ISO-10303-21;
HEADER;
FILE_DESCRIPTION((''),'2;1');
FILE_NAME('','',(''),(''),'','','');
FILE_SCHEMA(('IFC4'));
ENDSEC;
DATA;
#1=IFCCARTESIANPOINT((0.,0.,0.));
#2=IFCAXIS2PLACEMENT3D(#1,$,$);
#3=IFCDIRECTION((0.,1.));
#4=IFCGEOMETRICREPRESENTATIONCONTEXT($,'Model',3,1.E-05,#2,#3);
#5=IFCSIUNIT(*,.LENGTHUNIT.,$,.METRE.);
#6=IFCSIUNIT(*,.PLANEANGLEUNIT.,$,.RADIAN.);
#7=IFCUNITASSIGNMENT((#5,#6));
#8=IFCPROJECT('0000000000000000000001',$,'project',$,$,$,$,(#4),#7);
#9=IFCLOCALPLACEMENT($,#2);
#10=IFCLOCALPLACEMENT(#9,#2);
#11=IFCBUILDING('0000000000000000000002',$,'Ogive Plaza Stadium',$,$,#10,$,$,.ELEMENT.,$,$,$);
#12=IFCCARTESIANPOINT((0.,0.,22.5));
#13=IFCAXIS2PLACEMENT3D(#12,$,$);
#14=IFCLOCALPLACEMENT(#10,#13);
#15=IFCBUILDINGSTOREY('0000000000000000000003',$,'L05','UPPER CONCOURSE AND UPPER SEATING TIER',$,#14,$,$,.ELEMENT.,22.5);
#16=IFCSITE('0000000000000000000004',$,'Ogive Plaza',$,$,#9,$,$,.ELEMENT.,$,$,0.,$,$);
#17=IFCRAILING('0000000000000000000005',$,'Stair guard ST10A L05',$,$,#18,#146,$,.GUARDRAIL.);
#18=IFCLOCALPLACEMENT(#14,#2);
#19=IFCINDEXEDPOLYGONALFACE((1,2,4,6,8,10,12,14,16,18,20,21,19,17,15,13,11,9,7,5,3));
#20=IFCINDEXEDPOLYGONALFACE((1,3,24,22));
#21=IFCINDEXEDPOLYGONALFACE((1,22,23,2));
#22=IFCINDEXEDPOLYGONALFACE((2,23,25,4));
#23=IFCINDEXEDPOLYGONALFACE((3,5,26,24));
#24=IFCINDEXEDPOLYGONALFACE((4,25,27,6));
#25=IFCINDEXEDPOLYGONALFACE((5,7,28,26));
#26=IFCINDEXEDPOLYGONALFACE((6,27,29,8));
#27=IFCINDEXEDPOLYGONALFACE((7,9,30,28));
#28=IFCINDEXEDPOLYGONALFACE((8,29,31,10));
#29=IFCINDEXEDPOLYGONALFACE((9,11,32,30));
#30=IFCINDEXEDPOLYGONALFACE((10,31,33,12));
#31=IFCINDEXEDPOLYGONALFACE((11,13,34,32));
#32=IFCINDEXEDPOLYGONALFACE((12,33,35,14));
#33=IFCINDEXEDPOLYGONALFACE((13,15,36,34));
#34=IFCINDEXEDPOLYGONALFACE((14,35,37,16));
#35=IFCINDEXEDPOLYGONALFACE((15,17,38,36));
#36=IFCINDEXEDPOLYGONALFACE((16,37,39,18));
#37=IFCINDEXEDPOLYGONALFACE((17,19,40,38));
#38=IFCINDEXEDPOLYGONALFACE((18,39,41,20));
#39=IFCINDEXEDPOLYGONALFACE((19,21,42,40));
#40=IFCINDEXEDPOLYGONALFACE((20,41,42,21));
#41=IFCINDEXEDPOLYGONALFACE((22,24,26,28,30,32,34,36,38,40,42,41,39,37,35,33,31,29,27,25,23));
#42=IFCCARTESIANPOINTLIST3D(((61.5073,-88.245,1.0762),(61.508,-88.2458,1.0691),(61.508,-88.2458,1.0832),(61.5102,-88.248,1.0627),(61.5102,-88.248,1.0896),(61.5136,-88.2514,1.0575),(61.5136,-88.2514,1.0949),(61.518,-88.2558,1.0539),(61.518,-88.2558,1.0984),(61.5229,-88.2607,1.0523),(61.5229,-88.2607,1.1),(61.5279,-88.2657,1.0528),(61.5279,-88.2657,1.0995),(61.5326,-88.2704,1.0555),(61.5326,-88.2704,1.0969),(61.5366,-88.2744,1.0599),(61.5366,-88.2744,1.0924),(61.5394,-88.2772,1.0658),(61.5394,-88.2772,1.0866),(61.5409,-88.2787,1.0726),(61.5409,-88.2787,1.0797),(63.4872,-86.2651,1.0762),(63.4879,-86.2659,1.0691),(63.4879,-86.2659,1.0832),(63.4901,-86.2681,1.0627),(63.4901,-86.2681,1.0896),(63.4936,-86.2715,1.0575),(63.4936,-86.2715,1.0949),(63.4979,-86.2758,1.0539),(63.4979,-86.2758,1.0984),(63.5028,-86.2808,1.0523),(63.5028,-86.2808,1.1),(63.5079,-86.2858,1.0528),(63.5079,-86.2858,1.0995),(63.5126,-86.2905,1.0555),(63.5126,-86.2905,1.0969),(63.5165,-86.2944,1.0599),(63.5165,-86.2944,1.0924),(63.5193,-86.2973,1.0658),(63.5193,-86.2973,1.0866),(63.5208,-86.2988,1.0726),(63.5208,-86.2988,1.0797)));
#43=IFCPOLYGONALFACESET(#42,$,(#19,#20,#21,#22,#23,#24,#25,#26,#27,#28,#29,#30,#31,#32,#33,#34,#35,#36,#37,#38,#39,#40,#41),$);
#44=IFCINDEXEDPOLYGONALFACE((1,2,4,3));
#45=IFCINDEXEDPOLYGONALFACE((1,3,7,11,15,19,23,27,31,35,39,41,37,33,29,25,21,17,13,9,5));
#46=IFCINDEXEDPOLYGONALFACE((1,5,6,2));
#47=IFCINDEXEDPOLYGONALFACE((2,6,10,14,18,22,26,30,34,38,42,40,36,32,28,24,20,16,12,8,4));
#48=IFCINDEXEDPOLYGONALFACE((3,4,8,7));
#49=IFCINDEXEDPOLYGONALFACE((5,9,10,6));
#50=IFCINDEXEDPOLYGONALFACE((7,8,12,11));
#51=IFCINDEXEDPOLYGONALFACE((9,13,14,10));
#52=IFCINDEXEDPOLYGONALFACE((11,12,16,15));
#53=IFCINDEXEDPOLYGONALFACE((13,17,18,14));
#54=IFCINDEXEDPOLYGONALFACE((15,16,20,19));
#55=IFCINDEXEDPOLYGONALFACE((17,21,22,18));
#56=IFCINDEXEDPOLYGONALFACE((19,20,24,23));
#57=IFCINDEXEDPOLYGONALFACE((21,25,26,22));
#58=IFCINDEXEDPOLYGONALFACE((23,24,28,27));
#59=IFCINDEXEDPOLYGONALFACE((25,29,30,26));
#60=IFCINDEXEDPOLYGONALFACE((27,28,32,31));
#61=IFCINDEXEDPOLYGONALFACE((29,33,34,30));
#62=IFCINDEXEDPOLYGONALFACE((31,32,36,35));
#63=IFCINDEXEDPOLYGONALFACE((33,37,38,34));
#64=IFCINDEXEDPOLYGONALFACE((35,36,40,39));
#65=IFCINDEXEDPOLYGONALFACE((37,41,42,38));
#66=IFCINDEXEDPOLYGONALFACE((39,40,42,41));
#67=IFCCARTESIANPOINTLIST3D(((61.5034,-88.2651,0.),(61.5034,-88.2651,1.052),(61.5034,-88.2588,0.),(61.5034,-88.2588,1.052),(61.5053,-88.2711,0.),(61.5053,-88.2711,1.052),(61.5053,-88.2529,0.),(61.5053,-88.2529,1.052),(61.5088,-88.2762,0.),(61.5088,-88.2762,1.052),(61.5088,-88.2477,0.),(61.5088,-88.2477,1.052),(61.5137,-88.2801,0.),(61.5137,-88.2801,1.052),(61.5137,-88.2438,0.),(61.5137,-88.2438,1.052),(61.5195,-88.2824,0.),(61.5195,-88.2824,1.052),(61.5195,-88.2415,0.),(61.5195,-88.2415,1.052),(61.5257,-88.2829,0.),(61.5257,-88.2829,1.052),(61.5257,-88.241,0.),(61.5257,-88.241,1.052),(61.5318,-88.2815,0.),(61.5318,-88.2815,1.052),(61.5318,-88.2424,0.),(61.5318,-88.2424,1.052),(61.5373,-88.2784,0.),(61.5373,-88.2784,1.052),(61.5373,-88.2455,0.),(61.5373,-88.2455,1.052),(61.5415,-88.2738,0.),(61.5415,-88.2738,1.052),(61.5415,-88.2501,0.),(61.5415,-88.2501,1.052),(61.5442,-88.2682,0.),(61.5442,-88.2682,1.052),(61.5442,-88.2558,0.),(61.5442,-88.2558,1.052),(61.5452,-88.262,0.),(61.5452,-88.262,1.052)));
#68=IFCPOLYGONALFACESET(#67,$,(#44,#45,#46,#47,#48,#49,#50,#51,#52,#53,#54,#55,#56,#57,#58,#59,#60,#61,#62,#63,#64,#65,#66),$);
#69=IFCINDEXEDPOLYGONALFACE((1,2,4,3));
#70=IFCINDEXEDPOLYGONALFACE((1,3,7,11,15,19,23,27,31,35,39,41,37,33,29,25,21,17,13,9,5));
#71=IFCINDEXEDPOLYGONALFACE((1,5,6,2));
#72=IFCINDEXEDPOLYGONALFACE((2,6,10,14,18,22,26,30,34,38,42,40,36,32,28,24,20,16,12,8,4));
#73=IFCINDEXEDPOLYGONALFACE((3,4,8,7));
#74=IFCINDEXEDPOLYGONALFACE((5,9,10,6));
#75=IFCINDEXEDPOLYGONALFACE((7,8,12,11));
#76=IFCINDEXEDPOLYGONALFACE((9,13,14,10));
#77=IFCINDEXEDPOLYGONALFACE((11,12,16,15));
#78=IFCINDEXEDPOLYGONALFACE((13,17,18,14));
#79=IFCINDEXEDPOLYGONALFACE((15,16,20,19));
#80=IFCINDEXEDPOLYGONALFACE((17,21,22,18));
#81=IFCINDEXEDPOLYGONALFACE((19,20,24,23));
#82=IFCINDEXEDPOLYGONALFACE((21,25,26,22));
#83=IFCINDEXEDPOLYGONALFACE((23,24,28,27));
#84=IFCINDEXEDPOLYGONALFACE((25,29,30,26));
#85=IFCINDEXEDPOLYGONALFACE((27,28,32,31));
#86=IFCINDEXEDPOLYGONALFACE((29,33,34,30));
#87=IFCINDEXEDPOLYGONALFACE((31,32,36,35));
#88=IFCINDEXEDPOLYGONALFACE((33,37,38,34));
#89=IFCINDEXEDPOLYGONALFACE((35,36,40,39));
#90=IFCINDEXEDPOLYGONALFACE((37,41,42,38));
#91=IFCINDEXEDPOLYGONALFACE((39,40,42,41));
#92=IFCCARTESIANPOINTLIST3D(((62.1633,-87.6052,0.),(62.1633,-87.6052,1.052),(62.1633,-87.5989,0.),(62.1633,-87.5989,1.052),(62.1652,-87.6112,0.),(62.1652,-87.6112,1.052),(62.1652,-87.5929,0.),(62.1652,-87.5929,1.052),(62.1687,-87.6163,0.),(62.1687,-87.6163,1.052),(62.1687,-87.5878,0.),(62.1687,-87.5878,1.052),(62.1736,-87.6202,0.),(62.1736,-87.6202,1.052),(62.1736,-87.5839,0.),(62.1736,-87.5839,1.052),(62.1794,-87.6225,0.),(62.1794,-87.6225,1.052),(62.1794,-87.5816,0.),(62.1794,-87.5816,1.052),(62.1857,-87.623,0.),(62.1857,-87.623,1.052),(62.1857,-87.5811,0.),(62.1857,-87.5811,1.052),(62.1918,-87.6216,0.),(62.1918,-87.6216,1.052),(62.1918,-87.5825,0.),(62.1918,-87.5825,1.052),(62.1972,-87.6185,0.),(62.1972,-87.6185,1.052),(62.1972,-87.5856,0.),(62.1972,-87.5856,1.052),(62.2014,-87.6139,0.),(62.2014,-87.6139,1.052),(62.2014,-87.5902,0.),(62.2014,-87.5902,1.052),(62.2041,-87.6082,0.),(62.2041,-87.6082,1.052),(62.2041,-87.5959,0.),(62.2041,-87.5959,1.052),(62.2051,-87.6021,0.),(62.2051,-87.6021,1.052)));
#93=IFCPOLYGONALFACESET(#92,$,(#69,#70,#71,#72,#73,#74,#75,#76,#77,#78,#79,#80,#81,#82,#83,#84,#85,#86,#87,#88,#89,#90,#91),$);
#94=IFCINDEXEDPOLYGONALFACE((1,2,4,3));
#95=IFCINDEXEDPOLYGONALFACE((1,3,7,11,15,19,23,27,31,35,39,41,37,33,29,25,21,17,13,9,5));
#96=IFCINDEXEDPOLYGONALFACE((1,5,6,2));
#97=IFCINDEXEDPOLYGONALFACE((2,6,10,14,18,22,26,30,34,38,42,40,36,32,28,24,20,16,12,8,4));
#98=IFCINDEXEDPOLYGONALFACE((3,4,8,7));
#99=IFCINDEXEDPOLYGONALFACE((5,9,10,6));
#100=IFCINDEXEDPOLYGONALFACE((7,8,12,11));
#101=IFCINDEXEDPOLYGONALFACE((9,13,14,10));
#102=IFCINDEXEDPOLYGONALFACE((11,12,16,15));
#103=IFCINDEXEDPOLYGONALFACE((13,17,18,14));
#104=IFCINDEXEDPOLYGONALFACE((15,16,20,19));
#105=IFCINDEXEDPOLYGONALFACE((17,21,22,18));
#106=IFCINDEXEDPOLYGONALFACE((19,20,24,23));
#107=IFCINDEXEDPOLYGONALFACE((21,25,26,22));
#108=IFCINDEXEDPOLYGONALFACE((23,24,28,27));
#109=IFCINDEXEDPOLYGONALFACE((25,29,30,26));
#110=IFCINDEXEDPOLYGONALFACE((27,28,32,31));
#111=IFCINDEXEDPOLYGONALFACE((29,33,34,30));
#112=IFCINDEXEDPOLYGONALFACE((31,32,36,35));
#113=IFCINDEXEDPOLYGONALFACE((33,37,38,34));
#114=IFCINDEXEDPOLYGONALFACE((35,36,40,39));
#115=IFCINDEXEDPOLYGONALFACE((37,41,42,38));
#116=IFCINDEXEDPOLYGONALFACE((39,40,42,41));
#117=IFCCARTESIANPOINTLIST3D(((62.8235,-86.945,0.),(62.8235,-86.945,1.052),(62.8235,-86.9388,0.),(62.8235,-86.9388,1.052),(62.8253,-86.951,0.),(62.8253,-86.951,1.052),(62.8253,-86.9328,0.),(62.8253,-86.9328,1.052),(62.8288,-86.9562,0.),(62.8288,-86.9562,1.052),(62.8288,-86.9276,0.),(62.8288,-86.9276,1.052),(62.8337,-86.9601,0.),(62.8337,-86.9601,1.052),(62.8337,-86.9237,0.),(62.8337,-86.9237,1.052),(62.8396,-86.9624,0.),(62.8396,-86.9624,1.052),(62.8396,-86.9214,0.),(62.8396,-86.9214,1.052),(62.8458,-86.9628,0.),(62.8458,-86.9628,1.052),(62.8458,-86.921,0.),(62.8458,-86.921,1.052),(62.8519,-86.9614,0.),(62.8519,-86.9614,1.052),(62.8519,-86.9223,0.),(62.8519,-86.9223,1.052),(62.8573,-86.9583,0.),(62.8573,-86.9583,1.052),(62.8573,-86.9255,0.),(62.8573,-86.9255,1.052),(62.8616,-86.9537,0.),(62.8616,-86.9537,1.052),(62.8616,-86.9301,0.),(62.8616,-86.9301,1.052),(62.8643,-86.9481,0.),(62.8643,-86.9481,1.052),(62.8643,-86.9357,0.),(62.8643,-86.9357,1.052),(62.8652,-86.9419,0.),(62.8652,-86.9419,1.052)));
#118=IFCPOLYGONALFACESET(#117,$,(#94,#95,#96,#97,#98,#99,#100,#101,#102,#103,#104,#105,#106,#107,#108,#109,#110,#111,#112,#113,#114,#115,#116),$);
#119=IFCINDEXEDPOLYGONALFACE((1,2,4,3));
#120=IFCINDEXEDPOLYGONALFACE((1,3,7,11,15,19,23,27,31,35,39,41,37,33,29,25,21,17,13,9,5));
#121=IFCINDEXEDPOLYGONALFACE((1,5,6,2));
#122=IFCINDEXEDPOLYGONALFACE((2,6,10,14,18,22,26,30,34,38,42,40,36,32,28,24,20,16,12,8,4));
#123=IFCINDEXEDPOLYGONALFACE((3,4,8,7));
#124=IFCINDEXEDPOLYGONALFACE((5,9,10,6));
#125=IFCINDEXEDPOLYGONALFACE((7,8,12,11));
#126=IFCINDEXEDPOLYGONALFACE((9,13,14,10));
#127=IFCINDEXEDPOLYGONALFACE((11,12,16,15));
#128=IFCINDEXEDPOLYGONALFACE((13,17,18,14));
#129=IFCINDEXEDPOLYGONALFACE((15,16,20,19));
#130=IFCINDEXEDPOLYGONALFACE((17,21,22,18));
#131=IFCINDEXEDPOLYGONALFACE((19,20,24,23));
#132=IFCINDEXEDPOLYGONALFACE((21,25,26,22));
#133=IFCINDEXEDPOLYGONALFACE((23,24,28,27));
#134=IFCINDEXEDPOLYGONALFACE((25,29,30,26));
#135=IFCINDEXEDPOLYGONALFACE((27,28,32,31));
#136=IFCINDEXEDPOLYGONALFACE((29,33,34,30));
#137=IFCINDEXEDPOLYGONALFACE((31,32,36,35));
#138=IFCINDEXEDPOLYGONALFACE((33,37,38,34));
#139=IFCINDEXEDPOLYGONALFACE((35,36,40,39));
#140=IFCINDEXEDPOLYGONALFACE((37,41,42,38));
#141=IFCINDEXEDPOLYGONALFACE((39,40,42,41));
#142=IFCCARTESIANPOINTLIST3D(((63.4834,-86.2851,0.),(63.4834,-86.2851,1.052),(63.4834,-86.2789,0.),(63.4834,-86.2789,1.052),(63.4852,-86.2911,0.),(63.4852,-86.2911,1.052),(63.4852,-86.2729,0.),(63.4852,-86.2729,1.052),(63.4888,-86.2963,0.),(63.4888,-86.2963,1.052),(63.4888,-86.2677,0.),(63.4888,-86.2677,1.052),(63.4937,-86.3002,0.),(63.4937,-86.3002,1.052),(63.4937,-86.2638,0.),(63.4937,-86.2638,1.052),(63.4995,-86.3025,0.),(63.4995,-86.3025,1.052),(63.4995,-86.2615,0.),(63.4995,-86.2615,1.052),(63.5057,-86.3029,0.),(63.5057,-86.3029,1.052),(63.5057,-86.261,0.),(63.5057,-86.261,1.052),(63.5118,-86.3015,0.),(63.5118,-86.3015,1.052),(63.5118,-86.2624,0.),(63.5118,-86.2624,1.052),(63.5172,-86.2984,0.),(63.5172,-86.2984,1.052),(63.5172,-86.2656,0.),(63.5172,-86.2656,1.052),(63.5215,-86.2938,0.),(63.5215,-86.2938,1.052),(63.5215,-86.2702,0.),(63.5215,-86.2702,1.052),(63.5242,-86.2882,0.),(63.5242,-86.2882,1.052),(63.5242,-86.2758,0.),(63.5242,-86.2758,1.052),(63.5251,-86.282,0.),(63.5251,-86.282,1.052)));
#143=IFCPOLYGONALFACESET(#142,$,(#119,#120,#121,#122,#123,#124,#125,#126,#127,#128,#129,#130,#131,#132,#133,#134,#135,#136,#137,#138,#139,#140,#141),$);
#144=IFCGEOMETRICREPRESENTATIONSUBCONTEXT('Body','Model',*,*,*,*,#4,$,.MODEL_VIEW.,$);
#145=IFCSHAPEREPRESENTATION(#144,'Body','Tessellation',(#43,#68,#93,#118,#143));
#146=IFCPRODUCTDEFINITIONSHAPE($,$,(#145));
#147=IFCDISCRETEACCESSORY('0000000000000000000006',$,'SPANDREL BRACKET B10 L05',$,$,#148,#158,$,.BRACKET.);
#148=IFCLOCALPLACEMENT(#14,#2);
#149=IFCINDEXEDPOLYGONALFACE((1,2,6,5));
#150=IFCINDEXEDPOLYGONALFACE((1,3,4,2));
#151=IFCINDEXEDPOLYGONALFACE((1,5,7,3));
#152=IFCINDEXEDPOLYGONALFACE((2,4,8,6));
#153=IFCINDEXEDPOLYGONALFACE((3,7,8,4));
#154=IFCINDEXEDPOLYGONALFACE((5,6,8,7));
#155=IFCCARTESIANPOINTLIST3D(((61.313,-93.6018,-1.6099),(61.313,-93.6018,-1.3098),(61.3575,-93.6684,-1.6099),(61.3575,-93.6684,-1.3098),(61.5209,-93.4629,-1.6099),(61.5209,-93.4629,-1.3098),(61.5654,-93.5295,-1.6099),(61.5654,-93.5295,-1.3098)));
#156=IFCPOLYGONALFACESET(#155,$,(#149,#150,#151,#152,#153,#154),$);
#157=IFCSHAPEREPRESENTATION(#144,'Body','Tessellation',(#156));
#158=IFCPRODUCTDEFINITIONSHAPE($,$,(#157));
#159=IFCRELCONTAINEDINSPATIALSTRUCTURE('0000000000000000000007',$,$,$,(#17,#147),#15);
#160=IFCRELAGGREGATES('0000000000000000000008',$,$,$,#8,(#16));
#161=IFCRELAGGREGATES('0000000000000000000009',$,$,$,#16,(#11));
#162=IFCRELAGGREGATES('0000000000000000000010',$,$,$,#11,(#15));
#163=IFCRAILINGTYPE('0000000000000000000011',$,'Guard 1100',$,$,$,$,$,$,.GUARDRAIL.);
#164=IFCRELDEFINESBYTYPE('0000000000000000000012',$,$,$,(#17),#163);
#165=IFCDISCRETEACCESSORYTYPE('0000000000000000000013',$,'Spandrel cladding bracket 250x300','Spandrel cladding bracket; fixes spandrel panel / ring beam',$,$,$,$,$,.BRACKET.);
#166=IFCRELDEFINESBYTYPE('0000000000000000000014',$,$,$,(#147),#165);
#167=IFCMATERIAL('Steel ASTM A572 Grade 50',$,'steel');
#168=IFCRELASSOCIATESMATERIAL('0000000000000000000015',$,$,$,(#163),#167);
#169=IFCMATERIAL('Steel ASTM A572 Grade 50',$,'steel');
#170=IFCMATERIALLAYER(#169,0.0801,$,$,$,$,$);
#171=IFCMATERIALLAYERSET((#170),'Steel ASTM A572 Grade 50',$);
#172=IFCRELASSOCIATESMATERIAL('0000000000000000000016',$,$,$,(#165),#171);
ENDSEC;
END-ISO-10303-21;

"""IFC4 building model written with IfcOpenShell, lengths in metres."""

from ifc_helpers import new_model, si_unit, direction, frame, origin, origin_2d, place, context, subcontext, project, spatial, rectangle, circle, extrude, material, layer, layer_set, type_object, element, save


model = new_model("IFC4")

# Units and contexts
model_context = context("Model", 3, precision=1e-05, world=origin(), true_north=direction((0.0, 1.0)))
body_context = subcontext(model_context, "Body", "Model", "MODEL_VIEW")
ifc_project = project(units=[si_unit("LENGTHUNIT", "METRE"), si_unit("PLANEANGLEUNIT", "RADIAN")], contexts=[model_context])

# Site, building, storey
site_placement = place(None, origin())
site = spatial("IfcSite", under=ifc_project, at=site_placement, Name="Ogive Plaza", CompositionType="ELEMENT", RefElevation=0.0)
building_placement = place(site_placement, origin())
building = spatial("IfcBuilding", under=site, at=building_placement, Name="Ogive Plaza Stadium", CompositionType="ELEMENT")
storey_placement = place(building_placement, frame((0.0, 0.0, 22.5)))
storey = spatial("IfcBuildingStorey", under=building, at=storey_placement, Name="L05", Description="UPPER CONCOURSE AND UPPER SEATING TIER", CompositionType="ELEMENT", Elevation=22.5)

# Railing
ifc_material_1 = material(Name="Steel ASTM A572 Grade 50", Category="steel")
railing_type = type_object("IfcRailingType", Name="Guard 1100", PredefinedType="GUARDRAIL", material=ifc_material_1)
railing_placement = place(storey_placement, frame((61.5242, -88.262, 0.0)))
element("IfcRailing", 1, at=railing_placement, inside=storey, type_object=railing_type, Name="Stair guard ST10A L05", PredefinedType="GUARDRAIL", context=body_context, shape_type="SweptSolid", body=[
    extrude(circle(Radius=0.0239, at=origin_2d()), frame((0.0, 0.0, 1.0762), z_axis=(0.707107, 0.707107, 0.0), x_axis=(-0.707107, 0.707107, 0.0)), (0.0, 0.0, 1.0), 2.8),
    extrude(circle(Radius=0.021, at=origin_2d()), origin(), (0.0, 0.0, 1.0), 1.052),
    extrude(circle(Radius=0.021, at=origin_2d()), frame((0.6599, 0.6599, 0.0)), (0.0, 0.0, 1.0), 1.052),
    extrude(circle(Radius=0.021, at=origin_2d()), frame((1.3201, 1.3201, 0.0)), (0.0, 0.0, 1.0), 1.052),
    extrude(circle(Radius=0.021, at=origin_2d()), frame((1.98, 1.98, 0.0)), (0.0, 0.0, 1.0), 1.052),
])

# Discrete accessory
ifc_material_2 = material(Name="Steel ASTM A572 Grade 50", Category="steel")
ifc_layer_1 = layer(ifc_material_2, 0.0801)
ifc_layer_set_1 = layer_set([ifc_layer_1], Name="Steel ASTM A572 Grade 50")
discrete_accessory_type = type_object("IfcDiscreteAccessoryType", Name="Spandrel cladding bracket 250x300", Description="Spandrel cladding bracket; fixes spandrel panel / ring beam", PredefinedType="BRACKET", material=ifc_layer_set_1)
discrete_accessory_placement = place(storey_placement, frame((61.4392, -93.5657, -1.6099), z_axis=(0.0, 0.0, 1.0), x_axis=(-0.83147, -0.55557, 0.0)))
element("IfcDiscreteAccessory", 2, at=discrete_accessory_placement, inside=storey, type_object=discrete_accessory_type, Name="SPANDREL BRACKET B10 L05", PredefinedType="BRACKET", context=body_context, shape_type="SweptSolid", body=[
    extrude(rectangle(XDim=0.25, YDim=0.0801, at=origin_2d()), origin(), (0.0, 0.0, 1.0), 0.3),
])

save(model, "model.ifc")
